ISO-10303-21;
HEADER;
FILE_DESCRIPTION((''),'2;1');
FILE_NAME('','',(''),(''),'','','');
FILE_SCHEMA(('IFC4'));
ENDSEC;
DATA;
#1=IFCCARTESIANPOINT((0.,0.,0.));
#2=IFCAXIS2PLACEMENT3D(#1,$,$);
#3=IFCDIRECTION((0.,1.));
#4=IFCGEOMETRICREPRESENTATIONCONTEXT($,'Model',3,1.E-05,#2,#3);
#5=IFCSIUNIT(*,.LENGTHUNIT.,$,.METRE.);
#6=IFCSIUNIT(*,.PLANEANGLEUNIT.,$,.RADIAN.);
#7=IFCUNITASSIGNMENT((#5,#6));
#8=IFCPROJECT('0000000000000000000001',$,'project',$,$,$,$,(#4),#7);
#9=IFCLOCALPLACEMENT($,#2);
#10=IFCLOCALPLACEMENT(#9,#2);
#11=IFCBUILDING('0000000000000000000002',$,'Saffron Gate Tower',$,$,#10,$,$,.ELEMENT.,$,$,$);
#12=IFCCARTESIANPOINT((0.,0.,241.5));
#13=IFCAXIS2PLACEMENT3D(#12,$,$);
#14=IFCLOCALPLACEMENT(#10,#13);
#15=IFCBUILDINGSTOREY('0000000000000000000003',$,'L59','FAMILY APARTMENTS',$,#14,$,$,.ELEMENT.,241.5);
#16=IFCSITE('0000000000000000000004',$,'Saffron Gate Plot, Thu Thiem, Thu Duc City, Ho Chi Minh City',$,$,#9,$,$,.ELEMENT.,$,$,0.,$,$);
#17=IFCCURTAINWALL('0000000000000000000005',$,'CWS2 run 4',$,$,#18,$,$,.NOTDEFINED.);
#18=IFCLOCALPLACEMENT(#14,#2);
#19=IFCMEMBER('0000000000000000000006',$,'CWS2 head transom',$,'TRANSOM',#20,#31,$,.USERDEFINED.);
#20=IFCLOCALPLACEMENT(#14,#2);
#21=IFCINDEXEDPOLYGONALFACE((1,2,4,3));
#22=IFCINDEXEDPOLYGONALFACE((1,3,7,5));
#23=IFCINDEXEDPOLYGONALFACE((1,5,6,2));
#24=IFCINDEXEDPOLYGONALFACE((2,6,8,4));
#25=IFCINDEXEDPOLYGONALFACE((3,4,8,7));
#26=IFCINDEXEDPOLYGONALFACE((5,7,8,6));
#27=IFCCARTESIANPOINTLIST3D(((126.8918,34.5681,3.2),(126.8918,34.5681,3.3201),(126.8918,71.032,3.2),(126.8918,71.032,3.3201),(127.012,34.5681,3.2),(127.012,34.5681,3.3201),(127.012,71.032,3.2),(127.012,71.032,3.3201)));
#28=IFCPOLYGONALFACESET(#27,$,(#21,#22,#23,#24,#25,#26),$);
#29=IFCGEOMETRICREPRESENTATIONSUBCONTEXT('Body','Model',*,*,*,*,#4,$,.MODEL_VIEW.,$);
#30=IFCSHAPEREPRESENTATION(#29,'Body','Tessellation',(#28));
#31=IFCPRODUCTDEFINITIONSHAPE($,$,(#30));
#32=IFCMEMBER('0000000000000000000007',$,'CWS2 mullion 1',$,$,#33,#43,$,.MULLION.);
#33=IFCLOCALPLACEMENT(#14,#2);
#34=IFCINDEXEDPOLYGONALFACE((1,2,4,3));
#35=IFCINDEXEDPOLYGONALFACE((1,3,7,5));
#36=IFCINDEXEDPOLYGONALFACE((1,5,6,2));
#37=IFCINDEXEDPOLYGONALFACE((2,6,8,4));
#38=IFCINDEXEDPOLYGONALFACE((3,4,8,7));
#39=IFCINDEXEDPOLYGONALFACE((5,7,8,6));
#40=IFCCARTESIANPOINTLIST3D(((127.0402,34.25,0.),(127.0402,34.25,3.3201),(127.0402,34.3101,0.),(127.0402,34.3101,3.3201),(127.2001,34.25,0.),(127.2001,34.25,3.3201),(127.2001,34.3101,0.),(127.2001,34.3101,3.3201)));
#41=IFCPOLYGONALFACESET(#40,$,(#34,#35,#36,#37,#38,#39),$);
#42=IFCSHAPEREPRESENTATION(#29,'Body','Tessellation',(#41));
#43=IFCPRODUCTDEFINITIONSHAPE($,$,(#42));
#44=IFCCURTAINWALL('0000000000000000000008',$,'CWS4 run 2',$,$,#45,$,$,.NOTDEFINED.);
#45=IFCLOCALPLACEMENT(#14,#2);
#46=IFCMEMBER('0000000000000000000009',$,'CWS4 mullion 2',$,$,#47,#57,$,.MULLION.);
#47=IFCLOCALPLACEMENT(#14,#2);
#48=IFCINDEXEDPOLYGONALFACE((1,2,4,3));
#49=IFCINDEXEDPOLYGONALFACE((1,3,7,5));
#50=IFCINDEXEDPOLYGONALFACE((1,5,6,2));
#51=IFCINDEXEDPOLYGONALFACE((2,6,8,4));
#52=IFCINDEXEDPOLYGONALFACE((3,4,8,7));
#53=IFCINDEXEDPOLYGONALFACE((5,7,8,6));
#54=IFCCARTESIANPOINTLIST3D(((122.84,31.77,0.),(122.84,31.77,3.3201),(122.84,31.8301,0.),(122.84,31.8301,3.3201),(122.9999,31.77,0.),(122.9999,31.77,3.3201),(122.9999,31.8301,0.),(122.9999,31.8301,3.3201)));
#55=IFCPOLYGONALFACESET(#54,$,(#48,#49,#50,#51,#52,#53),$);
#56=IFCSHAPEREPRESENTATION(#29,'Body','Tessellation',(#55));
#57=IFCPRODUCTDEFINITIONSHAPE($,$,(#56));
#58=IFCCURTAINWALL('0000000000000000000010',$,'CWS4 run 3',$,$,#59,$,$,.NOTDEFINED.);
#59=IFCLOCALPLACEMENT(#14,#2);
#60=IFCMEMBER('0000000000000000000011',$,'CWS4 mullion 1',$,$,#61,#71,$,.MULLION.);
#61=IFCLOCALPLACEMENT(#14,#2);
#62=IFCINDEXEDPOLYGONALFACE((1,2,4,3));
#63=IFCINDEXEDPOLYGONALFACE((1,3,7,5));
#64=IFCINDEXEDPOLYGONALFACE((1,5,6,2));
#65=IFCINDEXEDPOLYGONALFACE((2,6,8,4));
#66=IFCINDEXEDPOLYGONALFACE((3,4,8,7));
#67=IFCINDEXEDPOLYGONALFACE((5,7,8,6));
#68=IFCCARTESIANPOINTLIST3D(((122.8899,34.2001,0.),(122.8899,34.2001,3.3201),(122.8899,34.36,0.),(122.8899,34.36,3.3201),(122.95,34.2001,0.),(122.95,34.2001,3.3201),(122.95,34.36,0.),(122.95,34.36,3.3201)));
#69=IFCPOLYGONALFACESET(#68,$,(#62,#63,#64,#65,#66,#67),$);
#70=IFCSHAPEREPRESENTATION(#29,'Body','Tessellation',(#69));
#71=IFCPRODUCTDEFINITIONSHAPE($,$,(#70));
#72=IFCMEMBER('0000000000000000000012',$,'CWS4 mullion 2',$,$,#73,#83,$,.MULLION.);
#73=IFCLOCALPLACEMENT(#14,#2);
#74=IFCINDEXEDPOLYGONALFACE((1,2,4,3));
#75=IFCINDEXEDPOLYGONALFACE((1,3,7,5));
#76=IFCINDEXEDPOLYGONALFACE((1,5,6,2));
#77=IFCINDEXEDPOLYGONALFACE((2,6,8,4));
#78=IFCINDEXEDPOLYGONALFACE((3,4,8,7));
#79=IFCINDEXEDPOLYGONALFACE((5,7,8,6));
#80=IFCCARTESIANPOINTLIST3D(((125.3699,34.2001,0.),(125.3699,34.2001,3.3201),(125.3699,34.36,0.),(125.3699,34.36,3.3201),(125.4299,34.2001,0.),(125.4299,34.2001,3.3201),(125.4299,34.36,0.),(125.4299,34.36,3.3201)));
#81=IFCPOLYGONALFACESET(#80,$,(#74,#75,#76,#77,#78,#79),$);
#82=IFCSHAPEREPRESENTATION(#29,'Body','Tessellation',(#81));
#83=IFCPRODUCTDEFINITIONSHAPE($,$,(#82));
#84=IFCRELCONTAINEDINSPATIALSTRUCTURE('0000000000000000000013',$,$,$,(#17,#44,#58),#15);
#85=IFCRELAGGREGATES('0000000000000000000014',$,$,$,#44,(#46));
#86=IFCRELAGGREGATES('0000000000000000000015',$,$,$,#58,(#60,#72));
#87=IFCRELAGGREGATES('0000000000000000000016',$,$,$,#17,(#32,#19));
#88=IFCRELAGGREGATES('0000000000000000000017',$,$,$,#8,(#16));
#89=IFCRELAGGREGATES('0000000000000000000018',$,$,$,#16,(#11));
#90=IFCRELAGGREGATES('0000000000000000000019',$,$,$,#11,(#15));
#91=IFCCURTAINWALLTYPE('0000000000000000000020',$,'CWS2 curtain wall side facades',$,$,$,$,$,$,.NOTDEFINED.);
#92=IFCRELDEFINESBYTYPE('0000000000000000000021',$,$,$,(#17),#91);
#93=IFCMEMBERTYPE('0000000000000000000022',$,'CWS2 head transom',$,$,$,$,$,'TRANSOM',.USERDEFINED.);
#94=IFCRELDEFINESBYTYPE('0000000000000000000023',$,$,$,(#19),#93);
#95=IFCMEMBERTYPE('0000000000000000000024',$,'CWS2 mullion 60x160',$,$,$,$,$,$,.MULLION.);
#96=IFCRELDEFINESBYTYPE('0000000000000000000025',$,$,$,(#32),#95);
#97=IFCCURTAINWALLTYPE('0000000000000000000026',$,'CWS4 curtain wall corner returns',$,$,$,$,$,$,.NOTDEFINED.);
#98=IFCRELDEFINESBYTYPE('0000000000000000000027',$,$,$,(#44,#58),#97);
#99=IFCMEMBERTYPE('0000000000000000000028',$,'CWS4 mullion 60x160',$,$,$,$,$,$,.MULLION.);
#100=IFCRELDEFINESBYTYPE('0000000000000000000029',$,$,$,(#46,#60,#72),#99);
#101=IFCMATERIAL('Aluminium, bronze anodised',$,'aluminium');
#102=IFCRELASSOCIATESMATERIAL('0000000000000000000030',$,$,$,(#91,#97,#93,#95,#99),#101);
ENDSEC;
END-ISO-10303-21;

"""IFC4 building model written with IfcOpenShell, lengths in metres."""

from ifc_helpers import new_model, si_unit, direction, frame, origin, origin_2d, place, context, subcontext, project, spatial, rectangle, extrude, material, material_profile, profile_set, type_object, element, aggregate, save


model = new_model("IFC4")

# Units and contexts
model_context = context("Model", 3, precision=1e-05, world=origin(), true_north=direction((0.0, 1.0)))
body_context = subcontext(model_context, "Body", "Model", "MODEL_VIEW")
ifc_project = project(units=[si_unit("LENGTHUNIT", "METRE"), si_unit("PLANEANGLEUNIT", "RADIAN")], contexts=[model_context])

# Site, building, storey
site_placement = place(None, origin())
site = spatial("IfcSite", under=ifc_project, at=site_placement, Name="Saffron Gate Plot, Thu Thiem, Thu Duc City, Ho Chi Minh City", CompositionType="ELEMENT", RefElevation=0.0)
building_placement = place(site_placement, origin())
building = spatial("IfcBuilding", under=site, at=building_placement, Name="Saffron Gate Tower", CompositionType="ELEMENT")
storey_placement = place(building_placement, frame((0.0, 0.0, 241.5)))
storey = spatial("IfcBuildingStorey", under=building, at=storey_placement, Name="L59", Description="FAMILY APARTMENTS", CompositionType="ELEMENT", Elevation=241.5)

# Curtain wall, members
ifc_material_1 = material(Name="Aluminium, bronze anodised", Category="aluminium")
curtain_wall_type_1 = type_object("IfcCurtainWallType", Name="CWS2 curtain wall side facades", PredefinedType="NOTDEFINED", material=ifc_material_1)
curtain_wall_1_placement = place(storey_placement, origin())
curtain_wall_1 = element("IfcCurtainWall", 1, at=curtain_wall_1_placement, inside=storey, type_object=curtain_wall_type_1, Name="CWS2 run 4", PredefinedType="NOTDEFINED")
ifc_material_profile_1 = material_profile(ifc_material_1, rectangle(XDim=0.1201, YDim=0.1201, at=origin_2d()))
ifc_profile_set_1 = profile_set([ifc_material_profile_1], Name="Aluminium, bronze anodised")
member_type_1 = type_object("IfcMemberType", Name="CWS2 head transom", ElementType="TRANSOM", PredefinedType="USERDEFINED", material=ifc_profile_set_1)
member_1_placement = place(storey_placement, frame((126.9519, 34.5681, 3.26), z_axis=(0.0, 1.0, 0.0), x_axis=(-1.0, 0.0, 0.0)))
member_1 = element("IfcMember", 2, at=member_1_placement, type_object=member_type_1, Name="CWS2 head transom", ObjectType="TRANSOM", PredefinedType="USERDEFINED", context=body_context, shape_type="SweptSolid", body=[
    extrude(rectangle(XDim=0.1201, YDim=0.1201, at=origin_2d()), origin(), (0.0, 0.0, 1.0), 36.4639),
])
ifc_material_profile_2 = material_profile(ifc_material_1, rectangle(XDim=0.1599, YDim=0.0601, at=origin_2d()))
ifc_profile_set_2 = profile_set([ifc_material_profile_2], Name="Aluminium, bronze anodised")
member_type_2 = type_object("IfcMemberType", Name="CWS2 mullion 60x160", PredefinedType="MULLION", material=ifc_profile_set_2)
member_2_placement = place(storey_placement, frame((127.1201, 34.28, 0.0), z_axis=(0.0, 0.0, 1.0), x_axis=(-1.0, 0.0, 0.0)))
member_2 = element("IfcMember", 3, at=member_2_placement, type_object=member_type_2, Name="CWS2 mullion 1", PredefinedType="MULLION", context=body_context, shape_type="SweptSolid", body=[
    extrude(rectangle(XDim=0.1599, YDim=0.0601, at=origin_2d()), origin(), (0.0, 0.0, 1.0), 3.3201),
])

# Curtain wall, member
curtain_wall_type_2 = type_object("IfcCurtainWallType", Name="CWS4 curtain wall corner returns", PredefinedType="NOTDEFINED", material=ifc_material_1)
curtain_wall_2_placement = place(storey_placement, origin())
curtain_wall_2 = element("IfcCurtainWall", 4, at=curtain_wall_2_placement, inside=storey, type_object=curtain_wall_type_2, Name="CWS4 run 2", PredefinedType="NOTDEFINED")
ifc_material_profile_3 = material_profile(ifc_material_1, rectangle(XDim=0.1599, YDim=0.0601, at=origin_2d()))
ifc_profile_set_3 = profile_set([ifc_material_profile_3], Name="Aluminium, bronze anodised")
member_type_3 = type_object("IfcMemberType", Name="CWS4 mullion 60x160", PredefinedType="MULLION", material=ifc_profile_set_3)
member_3_placement = place(storey_placement, frame((122.9199, 31.8, 0.0), z_axis=(0.0, 0.0, 1.0), x_axis=(-1.0, 0.0, 0.0)))
member_3 = element("IfcMember", 5, at=member_3_placement, type_object=member_type_3, Name="CWS4 mullion 2", PredefinedType="MULLION", context=body_context, shape_type="SweptSolid", body=[
    extrude(rectangle(XDim=0.1599, YDim=0.0601, at=origin_2d()), origin(), (0.0, 0.0, 1.0), 3.3201),
])
aggregate(curtain_wall_2, [member_3])

# Curtain wall, members
curtain_wall_3_placement = place(storey_placement, origin())
curtain_wall_3 = element("IfcCurtainWall", 6, at=curtain_wall_3_placement, inside=storey, type_object=curtain_wall_type_2, Name="CWS4 run 3", PredefinedType="NOTDEFINED")
member_4_placement = place(storey_placement, frame((122.9199, 34.28, 0.0), z_axis=(0.0, 0.0, 1.0), x_axis=(0.0, 1.0, 0.0)))
member_4 = element("IfcMember", 7, at=member_4_placement, type_object=member_type_3, Name="CWS4 mullion 1", PredefinedType="MULLION", context=body_context, shape_type="SweptSolid", body=[
    extrude(rectangle(XDim=0.1599, YDim=0.0601, at=origin_2d()), origin(), (0.0, 0.0, 1.0), 3.3201),
])
member_5_placement = place(storey_placement, frame((125.3999, 34.28, 0.0), z_axis=(0.0, 0.0, 1.0), x_axis=(0.0, 1.0, 0.0)))
member_5 = element("IfcMember", 8, at=member_5_placement, type_object=member_type_3, Name="CWS4 mullion 2", PredefinedType="MULLION", context=body_context, shape_type="SweptSolid", body=[
    extrude(rectangle(XDim=0.1599, YDim=0.0601, at=origin_2d()), origin(), (0.0, 0.0, 1.0), 3.3201),
])
aggregate(curtain_wall_3, [member_4, member_5])

aggregate(curtain_wall_1, [member_2, member_1])

save(model, "model.ifc")
